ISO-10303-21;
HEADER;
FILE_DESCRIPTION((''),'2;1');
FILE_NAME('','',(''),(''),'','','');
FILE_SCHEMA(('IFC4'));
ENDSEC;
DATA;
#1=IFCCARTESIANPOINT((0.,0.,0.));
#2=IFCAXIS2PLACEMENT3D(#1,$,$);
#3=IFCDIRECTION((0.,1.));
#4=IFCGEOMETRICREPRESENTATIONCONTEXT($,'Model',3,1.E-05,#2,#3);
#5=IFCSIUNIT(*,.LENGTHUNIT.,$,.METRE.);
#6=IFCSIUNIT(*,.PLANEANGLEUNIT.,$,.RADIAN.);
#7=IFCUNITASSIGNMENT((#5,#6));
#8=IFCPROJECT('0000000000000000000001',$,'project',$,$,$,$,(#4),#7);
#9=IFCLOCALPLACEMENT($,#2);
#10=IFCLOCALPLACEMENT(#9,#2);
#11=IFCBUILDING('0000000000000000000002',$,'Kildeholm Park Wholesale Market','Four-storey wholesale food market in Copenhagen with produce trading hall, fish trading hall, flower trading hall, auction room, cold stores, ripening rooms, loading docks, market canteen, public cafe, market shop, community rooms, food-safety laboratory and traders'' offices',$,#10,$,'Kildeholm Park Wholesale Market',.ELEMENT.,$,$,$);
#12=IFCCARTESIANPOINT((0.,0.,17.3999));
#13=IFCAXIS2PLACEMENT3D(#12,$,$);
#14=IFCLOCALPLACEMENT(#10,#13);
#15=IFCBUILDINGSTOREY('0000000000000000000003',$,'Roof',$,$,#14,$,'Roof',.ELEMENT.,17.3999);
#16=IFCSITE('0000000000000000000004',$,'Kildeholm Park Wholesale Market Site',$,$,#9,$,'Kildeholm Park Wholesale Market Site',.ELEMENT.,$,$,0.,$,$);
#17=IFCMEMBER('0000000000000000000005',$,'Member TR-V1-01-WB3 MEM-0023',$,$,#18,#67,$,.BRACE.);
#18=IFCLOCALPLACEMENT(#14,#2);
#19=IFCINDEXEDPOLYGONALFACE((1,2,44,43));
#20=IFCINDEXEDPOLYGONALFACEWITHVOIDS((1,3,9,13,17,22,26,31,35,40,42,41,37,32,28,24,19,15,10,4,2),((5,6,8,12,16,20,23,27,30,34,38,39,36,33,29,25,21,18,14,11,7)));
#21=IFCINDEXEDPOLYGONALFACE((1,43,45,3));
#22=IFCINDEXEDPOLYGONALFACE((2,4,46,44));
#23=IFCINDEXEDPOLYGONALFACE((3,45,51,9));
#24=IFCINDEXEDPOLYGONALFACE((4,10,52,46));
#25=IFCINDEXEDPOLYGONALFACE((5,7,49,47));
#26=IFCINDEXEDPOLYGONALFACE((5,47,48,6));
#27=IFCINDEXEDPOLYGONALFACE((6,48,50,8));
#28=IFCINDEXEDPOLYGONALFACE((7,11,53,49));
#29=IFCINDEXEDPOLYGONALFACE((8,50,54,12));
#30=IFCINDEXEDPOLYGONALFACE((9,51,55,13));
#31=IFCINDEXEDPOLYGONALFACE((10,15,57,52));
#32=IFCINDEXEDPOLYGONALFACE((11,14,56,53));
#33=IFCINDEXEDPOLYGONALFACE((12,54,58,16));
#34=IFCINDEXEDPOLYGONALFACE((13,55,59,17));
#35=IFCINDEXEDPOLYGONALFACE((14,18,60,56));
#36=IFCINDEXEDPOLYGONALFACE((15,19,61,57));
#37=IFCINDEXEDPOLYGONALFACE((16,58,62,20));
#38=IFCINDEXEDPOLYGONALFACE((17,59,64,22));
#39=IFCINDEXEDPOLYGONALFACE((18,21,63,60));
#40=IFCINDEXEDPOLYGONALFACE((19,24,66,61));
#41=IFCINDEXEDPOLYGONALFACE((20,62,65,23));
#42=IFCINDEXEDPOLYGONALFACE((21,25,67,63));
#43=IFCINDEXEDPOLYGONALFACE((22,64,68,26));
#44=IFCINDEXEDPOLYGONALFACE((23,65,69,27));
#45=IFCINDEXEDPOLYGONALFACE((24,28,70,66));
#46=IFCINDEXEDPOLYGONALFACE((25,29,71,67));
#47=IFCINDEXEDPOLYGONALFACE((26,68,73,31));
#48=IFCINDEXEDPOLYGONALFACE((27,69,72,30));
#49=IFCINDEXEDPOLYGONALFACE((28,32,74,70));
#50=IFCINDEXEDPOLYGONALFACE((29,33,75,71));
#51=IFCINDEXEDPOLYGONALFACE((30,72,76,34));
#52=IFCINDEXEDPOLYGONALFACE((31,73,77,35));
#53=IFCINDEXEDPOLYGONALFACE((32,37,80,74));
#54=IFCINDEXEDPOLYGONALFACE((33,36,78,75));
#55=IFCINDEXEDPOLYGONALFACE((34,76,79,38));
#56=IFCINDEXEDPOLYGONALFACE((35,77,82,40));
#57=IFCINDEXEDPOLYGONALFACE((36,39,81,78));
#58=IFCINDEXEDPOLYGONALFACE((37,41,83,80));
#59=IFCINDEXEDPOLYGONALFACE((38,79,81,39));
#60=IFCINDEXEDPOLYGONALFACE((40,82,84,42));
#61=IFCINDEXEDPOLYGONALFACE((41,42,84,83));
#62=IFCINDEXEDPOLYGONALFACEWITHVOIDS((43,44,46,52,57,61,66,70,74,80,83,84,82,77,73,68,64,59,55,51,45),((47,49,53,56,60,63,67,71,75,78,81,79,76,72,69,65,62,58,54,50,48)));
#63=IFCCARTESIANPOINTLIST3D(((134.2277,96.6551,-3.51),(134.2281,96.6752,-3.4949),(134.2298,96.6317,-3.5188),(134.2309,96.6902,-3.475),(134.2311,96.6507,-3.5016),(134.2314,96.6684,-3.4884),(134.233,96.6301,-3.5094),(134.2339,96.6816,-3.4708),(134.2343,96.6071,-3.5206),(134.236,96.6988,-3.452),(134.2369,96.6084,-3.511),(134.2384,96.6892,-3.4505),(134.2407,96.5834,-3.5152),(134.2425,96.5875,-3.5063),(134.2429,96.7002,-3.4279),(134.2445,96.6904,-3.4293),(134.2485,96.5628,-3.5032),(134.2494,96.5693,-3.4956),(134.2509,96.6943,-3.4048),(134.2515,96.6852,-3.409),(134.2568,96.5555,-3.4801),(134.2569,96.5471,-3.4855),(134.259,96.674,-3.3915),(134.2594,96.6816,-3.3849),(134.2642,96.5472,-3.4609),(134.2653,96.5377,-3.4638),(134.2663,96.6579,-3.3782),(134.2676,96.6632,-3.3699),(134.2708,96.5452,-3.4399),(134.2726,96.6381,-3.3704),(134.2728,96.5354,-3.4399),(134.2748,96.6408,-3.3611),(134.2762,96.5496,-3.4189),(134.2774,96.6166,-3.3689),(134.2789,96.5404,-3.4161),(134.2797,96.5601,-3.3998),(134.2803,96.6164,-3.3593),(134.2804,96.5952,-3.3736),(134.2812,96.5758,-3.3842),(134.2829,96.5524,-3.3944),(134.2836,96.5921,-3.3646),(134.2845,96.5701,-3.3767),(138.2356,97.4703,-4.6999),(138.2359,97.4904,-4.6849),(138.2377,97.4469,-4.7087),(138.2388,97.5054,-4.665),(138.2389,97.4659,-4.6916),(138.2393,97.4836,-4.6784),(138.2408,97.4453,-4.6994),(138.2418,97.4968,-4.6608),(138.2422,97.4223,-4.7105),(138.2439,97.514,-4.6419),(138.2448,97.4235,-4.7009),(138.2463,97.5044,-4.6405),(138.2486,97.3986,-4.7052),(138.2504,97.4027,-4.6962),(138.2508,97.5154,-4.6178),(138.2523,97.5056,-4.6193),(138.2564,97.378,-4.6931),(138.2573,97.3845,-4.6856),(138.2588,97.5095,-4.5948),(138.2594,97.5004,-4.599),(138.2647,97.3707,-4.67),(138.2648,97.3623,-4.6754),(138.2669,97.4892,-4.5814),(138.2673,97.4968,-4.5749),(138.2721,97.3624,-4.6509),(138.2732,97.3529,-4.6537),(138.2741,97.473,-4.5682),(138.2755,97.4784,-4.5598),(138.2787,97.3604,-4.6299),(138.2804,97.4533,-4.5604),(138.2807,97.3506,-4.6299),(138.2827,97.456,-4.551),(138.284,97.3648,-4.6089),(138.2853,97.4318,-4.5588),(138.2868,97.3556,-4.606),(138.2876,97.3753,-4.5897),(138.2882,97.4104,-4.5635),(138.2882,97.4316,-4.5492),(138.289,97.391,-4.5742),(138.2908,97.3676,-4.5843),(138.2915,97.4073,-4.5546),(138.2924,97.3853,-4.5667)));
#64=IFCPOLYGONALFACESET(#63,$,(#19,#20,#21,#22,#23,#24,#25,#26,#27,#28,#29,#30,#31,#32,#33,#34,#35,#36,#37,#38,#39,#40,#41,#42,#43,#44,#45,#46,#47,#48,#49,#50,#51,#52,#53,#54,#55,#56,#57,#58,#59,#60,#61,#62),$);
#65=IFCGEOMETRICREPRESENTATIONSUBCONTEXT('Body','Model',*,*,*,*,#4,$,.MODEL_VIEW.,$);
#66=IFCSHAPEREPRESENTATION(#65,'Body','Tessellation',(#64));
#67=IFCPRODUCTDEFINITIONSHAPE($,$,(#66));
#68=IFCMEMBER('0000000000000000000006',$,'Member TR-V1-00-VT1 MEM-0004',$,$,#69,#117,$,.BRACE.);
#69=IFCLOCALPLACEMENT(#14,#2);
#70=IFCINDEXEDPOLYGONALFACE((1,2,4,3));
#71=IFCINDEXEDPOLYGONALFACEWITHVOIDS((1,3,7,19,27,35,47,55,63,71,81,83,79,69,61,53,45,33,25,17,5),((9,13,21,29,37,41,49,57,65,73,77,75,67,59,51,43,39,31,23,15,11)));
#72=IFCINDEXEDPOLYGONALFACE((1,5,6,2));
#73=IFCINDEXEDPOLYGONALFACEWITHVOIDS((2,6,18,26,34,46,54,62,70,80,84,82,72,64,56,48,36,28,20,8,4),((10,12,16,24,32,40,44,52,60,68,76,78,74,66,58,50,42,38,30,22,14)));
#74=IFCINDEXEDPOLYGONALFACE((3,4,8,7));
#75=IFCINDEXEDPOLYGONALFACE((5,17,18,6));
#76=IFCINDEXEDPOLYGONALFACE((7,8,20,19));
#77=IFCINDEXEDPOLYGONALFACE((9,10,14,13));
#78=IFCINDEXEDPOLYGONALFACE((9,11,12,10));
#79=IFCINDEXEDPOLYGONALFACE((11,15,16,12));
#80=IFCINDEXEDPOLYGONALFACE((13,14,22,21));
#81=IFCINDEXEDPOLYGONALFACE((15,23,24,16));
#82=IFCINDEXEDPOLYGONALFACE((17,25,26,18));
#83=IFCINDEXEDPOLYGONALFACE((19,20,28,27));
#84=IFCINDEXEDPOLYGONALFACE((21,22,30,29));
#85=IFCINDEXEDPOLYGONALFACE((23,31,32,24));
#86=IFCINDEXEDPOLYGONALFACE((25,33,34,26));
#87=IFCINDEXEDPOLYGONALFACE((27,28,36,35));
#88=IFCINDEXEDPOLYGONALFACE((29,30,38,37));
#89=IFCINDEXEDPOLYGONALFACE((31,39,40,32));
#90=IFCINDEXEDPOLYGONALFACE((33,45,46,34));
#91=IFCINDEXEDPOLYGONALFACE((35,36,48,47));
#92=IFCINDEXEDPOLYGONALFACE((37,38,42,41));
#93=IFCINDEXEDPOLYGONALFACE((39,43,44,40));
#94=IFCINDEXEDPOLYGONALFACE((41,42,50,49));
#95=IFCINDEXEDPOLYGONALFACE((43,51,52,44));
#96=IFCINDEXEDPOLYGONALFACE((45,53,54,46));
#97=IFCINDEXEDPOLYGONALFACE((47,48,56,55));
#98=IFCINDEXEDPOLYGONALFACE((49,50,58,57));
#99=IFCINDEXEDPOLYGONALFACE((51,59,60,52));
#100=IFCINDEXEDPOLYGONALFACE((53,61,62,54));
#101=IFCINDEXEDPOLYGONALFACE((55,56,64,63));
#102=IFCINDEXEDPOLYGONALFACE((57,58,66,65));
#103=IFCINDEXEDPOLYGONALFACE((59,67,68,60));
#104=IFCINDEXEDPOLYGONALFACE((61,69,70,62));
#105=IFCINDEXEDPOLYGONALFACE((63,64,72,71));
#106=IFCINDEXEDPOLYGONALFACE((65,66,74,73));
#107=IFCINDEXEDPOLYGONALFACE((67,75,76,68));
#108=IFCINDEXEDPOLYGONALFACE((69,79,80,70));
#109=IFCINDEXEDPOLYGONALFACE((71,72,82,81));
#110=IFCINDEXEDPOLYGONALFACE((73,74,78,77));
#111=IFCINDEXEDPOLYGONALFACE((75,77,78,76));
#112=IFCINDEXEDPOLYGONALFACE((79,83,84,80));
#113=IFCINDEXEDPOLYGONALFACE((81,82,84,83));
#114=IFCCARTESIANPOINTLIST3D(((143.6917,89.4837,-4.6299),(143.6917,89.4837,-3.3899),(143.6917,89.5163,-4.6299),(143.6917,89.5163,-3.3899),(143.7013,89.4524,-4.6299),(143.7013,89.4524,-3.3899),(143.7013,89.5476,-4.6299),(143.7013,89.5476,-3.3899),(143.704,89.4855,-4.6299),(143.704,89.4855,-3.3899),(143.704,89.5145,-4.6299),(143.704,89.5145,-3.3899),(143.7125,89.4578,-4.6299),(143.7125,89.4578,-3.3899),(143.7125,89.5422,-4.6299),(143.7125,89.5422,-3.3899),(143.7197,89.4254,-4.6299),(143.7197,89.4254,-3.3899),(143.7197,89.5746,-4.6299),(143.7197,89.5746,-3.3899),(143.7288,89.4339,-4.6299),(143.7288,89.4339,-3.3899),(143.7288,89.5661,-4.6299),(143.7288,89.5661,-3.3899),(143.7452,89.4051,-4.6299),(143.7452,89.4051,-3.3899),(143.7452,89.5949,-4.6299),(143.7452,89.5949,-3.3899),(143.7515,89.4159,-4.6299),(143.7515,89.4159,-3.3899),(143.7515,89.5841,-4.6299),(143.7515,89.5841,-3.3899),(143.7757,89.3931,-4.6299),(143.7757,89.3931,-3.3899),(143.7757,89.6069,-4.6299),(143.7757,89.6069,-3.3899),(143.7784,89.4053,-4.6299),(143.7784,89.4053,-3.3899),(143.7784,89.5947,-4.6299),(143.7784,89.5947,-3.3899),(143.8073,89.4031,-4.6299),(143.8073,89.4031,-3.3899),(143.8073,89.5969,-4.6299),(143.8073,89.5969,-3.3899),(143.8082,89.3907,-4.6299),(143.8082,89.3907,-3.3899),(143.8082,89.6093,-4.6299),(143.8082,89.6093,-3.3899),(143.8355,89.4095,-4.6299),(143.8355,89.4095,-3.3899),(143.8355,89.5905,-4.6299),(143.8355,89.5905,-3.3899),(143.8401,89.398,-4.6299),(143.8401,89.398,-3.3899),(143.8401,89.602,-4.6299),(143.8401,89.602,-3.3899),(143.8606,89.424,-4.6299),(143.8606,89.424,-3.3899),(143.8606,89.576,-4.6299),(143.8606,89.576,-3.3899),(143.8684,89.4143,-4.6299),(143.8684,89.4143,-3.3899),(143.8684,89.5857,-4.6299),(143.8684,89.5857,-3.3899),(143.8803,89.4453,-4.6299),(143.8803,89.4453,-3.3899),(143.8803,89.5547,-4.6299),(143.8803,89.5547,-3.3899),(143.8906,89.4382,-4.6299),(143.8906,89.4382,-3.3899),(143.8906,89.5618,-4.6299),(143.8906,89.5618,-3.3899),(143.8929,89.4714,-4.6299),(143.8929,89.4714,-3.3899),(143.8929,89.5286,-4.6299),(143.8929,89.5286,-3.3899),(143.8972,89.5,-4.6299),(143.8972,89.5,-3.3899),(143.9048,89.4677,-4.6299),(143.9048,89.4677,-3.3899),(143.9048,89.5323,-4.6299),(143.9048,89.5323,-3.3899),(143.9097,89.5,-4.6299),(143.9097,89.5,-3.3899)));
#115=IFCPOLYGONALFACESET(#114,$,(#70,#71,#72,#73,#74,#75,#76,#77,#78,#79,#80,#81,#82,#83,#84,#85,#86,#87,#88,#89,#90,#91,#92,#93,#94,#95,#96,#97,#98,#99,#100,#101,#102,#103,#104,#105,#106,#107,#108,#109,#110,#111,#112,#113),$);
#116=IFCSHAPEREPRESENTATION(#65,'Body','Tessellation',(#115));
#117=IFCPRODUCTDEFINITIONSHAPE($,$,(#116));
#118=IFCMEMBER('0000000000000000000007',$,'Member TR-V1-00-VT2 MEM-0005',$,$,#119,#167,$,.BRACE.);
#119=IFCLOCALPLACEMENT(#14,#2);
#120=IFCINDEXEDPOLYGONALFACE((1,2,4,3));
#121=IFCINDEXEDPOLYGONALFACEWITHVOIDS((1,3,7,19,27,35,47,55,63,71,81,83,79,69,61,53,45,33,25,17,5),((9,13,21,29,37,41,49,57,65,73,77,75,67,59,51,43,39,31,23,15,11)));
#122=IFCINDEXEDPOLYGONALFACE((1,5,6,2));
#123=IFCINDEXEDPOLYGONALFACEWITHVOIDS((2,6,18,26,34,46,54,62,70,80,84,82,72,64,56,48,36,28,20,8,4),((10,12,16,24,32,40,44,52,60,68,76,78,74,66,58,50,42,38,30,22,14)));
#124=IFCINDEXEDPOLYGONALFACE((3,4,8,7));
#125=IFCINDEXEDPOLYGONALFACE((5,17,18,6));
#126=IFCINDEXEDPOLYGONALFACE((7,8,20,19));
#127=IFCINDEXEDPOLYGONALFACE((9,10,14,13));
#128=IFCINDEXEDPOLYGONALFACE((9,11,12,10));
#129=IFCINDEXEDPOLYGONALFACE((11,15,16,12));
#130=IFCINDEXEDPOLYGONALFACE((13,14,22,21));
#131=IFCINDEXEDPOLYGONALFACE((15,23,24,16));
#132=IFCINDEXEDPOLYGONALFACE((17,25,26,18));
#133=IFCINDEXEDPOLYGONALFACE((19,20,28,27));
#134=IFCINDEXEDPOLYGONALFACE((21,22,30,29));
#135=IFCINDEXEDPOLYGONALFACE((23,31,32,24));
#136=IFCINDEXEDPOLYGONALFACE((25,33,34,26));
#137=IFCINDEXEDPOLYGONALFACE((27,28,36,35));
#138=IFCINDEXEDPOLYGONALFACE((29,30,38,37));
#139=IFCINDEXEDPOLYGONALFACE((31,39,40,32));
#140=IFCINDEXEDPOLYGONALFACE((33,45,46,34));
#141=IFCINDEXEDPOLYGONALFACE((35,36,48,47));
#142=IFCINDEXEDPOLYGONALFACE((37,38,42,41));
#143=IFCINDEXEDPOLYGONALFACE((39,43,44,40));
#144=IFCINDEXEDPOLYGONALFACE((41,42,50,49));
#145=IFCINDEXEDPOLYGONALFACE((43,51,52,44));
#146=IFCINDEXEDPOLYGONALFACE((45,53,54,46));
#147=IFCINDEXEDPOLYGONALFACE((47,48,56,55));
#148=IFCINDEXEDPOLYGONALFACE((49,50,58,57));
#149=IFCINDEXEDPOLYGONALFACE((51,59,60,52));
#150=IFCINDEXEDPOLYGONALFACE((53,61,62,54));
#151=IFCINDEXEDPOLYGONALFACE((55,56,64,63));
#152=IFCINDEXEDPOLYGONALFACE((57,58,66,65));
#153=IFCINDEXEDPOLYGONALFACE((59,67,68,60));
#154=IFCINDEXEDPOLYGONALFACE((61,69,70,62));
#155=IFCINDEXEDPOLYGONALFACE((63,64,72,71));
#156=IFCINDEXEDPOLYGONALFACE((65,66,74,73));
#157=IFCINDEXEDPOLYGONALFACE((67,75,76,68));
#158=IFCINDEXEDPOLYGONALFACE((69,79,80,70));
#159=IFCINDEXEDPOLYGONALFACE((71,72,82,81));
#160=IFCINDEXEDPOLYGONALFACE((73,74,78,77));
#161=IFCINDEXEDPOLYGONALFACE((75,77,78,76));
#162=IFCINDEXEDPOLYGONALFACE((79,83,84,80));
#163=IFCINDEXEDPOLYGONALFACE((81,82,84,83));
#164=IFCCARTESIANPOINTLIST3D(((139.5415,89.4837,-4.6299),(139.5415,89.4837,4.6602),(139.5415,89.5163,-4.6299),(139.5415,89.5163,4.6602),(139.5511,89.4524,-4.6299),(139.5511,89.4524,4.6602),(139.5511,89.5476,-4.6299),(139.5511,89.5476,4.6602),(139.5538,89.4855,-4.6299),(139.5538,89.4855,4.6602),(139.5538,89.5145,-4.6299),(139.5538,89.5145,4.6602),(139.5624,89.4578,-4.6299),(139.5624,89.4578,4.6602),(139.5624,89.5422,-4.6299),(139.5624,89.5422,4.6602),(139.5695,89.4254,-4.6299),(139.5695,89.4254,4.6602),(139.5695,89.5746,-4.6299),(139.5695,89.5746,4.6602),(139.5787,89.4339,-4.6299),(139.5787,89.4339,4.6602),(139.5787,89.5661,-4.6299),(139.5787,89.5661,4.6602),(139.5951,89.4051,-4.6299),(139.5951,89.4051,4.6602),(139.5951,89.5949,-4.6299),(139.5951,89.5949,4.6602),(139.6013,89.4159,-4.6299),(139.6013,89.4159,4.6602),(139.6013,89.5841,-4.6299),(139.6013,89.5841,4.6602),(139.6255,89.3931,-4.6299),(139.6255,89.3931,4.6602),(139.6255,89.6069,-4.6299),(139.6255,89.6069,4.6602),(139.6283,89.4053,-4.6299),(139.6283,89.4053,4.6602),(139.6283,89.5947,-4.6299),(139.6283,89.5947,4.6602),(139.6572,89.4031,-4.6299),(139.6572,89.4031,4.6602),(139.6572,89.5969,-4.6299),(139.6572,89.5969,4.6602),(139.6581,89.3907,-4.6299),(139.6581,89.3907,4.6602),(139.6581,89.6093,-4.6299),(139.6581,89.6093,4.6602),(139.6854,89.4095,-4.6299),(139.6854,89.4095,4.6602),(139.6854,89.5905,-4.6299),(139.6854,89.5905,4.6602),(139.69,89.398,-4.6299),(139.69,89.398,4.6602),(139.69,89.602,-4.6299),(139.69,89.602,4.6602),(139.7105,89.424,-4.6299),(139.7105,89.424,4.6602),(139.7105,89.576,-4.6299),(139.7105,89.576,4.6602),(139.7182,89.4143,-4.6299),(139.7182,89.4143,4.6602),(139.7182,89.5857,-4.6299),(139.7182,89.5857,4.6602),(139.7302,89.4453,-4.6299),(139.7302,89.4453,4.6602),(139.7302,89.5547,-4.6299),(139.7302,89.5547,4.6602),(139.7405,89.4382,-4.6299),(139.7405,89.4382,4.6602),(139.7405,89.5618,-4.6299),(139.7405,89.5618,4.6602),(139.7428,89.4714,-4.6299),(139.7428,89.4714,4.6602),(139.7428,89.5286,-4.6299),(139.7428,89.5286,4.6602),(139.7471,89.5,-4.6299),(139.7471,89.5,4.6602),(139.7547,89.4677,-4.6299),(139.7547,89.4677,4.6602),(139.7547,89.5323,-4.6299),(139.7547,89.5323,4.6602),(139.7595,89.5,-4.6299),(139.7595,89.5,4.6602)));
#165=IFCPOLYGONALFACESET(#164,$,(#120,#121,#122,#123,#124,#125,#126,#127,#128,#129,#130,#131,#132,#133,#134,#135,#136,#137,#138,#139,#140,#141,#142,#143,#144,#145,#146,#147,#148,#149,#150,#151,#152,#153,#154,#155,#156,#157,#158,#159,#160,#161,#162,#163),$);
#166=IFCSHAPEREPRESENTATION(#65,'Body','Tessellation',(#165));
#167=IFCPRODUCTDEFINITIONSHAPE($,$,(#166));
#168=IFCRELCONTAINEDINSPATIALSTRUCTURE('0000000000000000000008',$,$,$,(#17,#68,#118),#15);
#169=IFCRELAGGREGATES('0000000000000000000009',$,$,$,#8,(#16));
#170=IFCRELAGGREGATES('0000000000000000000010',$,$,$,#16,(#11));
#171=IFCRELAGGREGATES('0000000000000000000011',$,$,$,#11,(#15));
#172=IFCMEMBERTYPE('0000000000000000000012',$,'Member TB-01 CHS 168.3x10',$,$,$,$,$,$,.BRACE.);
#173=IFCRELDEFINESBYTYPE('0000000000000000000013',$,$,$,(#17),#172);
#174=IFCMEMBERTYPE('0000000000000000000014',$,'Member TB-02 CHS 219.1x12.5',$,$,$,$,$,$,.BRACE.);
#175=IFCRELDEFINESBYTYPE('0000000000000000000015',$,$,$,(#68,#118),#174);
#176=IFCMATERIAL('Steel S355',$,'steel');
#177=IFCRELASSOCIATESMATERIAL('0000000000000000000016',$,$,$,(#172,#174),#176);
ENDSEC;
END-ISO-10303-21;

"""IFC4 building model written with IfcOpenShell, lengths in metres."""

from ifc_helpers import new_model, si_unit, direction, frame, origin, origin_2d, place, context, subcontext, project, spatial, hollow_circle, extrude, material, material_profile, profile_set, type_object, element, save


model = new_model("IFC4")

# Units and contexts
model_context = context("Model", 3, precision=1e-05, world=origin(), true_north=direction((0.0, 1.0)))
body_context = subcontext(model_context, "Body", "Model", "MODEL_VIEW")
ifc_project = project(units=[si_unit("LENGTHUNIT", "METRE"), si_unit("PLANEANGLEUNIT", "RADIAN")], contexts=[model_context])

# Site, building, storey
site_placement = place(None, origin())
site = spatial("IfcSite", under=ifc_project, at=site_placement, Name="Kildeholm Park Wholesale Market Site", LongName="Kildeholm Park Wholesale Market Site", CompositionType="ELEMENT", RefElevation=0.0)
building_placement = place(site_placement, origin())
building = spatial("IfcBuilding", under=site, at=building_placement, Name="Kildeholm Park Wholesale Market", Description="Four-storey wholesale food market in Copenhagen with produce trading hall, fish trading hall, flower trading hall, auction room, cold stores, ripening rooms, loading docks, market canteen, public cafe, market shop, community rooms, food-safety laboratory and traders' offices", LongName="Kildeholm Park Wholesale Market", CompositionType="ELEMENT")
storey_placement = place(building_placement, frame((0.0, 0.0, 17.3999)))
storey = spatial("IfcBuildingStorey", under=building, at=storey_placement, Name="Roof", LongName="Roof", CompositionType="ELEMENT", Elevation=17.3999)

# Members
ifc_material_1 = material(Name="Steel S355", Category="steel")
ifc_material_profile_1 = material_profile(ifc_material_1, hollow_circle(Radius=0.0842, WallThickness=0.01, at=origin_2d()), Name="CHS 168.3x10")
ifc_profile_set_1 = profile_set([ifc_material_profile_1], Name="Steel S355")
member_type_1 = type_object("IfcMemberType", Name="Member TB-01 CHS 168.3x10", PredefinedType="BRACE", material=ifc_profile_set_1)
member_1_placement = place(storey_placement, frame((138.2639, 97.4331, -4.6299), z_axis=(-0.940919, -0.191382, 0.279364), x_axis=(0.199318, -0.979935, 0.0)))
element("IfcMember", 1, at=member_1_placement, inside=storey, type_object=member_type_1, Name="Member TR-V1-01-WB3 MEM-0023", PredefinedType="BRACE", context=body_context, shape_type="SweptSolid", body=[
    extrude(hollow_circle(Radius=0.0842, WallThickness=0.01, at=origin_2d()), origin(), (0.0, 0.0, 1.0), 4.2595),
])
ifc_material_profile_2 = material_profile(ifc_material_1, hollow_circle(Radius=0.1096, WallThickness=0.0125, at=origin_2d()), Name="CHS 219.1x12.5")
ifc_profile_set_2 = profile_set([ifc_material_profile_2], Name="Steel S355")
member_type_2 = type_object("IfcMemberType", Name="Member TB-02 CHS 219.1x12.5", PredefinedType="BRACE", material=ifc_profile_set_2)
member_2_placement = place(storey_placement, frame((143.8, 89.5, -4.6299), z_axis=(0.0, 0.0, 1.0), x_axis=(1.0, 0.0, 0.0)))
element("IfcMember", 2, at=member_2_placement, inside=storey, type_object=member_type_2, Name="Member TR-V1-00-VT1 MEM-0004", PredefinedType="BRACE", context=body_context, shape_type="SweptSolid", body=[
    extrude(hollow_circle(Radius=0.1096, WallThickness=0.0125, at=origin_2d()), origin(), (0.0, 0.0, 1.0), 1.24),
])
member_3_placement = place(storey_placement, frame((139.6499, 89.5, -4.6299), z_axis=(0.0, 0.0, 1.0), x_axis=(1.0, 0.0, 0.0)))
element("IfcMember", 3, at=member_3_placement, inside=storey, type_object=member_type_2, Name="Member TR-V1-00-VT2 MEM-0005", PredefinedType="BRACE", context=body_context, shape_type="SweptSolid", body=[
    extrude(hollow_circle(Radius=0.1096, WallThickness=0.0125, at=origin_2d()), origin(), (0.0, 0.0, 1.0), 9.29),
])

save(model, "model.ifc")
